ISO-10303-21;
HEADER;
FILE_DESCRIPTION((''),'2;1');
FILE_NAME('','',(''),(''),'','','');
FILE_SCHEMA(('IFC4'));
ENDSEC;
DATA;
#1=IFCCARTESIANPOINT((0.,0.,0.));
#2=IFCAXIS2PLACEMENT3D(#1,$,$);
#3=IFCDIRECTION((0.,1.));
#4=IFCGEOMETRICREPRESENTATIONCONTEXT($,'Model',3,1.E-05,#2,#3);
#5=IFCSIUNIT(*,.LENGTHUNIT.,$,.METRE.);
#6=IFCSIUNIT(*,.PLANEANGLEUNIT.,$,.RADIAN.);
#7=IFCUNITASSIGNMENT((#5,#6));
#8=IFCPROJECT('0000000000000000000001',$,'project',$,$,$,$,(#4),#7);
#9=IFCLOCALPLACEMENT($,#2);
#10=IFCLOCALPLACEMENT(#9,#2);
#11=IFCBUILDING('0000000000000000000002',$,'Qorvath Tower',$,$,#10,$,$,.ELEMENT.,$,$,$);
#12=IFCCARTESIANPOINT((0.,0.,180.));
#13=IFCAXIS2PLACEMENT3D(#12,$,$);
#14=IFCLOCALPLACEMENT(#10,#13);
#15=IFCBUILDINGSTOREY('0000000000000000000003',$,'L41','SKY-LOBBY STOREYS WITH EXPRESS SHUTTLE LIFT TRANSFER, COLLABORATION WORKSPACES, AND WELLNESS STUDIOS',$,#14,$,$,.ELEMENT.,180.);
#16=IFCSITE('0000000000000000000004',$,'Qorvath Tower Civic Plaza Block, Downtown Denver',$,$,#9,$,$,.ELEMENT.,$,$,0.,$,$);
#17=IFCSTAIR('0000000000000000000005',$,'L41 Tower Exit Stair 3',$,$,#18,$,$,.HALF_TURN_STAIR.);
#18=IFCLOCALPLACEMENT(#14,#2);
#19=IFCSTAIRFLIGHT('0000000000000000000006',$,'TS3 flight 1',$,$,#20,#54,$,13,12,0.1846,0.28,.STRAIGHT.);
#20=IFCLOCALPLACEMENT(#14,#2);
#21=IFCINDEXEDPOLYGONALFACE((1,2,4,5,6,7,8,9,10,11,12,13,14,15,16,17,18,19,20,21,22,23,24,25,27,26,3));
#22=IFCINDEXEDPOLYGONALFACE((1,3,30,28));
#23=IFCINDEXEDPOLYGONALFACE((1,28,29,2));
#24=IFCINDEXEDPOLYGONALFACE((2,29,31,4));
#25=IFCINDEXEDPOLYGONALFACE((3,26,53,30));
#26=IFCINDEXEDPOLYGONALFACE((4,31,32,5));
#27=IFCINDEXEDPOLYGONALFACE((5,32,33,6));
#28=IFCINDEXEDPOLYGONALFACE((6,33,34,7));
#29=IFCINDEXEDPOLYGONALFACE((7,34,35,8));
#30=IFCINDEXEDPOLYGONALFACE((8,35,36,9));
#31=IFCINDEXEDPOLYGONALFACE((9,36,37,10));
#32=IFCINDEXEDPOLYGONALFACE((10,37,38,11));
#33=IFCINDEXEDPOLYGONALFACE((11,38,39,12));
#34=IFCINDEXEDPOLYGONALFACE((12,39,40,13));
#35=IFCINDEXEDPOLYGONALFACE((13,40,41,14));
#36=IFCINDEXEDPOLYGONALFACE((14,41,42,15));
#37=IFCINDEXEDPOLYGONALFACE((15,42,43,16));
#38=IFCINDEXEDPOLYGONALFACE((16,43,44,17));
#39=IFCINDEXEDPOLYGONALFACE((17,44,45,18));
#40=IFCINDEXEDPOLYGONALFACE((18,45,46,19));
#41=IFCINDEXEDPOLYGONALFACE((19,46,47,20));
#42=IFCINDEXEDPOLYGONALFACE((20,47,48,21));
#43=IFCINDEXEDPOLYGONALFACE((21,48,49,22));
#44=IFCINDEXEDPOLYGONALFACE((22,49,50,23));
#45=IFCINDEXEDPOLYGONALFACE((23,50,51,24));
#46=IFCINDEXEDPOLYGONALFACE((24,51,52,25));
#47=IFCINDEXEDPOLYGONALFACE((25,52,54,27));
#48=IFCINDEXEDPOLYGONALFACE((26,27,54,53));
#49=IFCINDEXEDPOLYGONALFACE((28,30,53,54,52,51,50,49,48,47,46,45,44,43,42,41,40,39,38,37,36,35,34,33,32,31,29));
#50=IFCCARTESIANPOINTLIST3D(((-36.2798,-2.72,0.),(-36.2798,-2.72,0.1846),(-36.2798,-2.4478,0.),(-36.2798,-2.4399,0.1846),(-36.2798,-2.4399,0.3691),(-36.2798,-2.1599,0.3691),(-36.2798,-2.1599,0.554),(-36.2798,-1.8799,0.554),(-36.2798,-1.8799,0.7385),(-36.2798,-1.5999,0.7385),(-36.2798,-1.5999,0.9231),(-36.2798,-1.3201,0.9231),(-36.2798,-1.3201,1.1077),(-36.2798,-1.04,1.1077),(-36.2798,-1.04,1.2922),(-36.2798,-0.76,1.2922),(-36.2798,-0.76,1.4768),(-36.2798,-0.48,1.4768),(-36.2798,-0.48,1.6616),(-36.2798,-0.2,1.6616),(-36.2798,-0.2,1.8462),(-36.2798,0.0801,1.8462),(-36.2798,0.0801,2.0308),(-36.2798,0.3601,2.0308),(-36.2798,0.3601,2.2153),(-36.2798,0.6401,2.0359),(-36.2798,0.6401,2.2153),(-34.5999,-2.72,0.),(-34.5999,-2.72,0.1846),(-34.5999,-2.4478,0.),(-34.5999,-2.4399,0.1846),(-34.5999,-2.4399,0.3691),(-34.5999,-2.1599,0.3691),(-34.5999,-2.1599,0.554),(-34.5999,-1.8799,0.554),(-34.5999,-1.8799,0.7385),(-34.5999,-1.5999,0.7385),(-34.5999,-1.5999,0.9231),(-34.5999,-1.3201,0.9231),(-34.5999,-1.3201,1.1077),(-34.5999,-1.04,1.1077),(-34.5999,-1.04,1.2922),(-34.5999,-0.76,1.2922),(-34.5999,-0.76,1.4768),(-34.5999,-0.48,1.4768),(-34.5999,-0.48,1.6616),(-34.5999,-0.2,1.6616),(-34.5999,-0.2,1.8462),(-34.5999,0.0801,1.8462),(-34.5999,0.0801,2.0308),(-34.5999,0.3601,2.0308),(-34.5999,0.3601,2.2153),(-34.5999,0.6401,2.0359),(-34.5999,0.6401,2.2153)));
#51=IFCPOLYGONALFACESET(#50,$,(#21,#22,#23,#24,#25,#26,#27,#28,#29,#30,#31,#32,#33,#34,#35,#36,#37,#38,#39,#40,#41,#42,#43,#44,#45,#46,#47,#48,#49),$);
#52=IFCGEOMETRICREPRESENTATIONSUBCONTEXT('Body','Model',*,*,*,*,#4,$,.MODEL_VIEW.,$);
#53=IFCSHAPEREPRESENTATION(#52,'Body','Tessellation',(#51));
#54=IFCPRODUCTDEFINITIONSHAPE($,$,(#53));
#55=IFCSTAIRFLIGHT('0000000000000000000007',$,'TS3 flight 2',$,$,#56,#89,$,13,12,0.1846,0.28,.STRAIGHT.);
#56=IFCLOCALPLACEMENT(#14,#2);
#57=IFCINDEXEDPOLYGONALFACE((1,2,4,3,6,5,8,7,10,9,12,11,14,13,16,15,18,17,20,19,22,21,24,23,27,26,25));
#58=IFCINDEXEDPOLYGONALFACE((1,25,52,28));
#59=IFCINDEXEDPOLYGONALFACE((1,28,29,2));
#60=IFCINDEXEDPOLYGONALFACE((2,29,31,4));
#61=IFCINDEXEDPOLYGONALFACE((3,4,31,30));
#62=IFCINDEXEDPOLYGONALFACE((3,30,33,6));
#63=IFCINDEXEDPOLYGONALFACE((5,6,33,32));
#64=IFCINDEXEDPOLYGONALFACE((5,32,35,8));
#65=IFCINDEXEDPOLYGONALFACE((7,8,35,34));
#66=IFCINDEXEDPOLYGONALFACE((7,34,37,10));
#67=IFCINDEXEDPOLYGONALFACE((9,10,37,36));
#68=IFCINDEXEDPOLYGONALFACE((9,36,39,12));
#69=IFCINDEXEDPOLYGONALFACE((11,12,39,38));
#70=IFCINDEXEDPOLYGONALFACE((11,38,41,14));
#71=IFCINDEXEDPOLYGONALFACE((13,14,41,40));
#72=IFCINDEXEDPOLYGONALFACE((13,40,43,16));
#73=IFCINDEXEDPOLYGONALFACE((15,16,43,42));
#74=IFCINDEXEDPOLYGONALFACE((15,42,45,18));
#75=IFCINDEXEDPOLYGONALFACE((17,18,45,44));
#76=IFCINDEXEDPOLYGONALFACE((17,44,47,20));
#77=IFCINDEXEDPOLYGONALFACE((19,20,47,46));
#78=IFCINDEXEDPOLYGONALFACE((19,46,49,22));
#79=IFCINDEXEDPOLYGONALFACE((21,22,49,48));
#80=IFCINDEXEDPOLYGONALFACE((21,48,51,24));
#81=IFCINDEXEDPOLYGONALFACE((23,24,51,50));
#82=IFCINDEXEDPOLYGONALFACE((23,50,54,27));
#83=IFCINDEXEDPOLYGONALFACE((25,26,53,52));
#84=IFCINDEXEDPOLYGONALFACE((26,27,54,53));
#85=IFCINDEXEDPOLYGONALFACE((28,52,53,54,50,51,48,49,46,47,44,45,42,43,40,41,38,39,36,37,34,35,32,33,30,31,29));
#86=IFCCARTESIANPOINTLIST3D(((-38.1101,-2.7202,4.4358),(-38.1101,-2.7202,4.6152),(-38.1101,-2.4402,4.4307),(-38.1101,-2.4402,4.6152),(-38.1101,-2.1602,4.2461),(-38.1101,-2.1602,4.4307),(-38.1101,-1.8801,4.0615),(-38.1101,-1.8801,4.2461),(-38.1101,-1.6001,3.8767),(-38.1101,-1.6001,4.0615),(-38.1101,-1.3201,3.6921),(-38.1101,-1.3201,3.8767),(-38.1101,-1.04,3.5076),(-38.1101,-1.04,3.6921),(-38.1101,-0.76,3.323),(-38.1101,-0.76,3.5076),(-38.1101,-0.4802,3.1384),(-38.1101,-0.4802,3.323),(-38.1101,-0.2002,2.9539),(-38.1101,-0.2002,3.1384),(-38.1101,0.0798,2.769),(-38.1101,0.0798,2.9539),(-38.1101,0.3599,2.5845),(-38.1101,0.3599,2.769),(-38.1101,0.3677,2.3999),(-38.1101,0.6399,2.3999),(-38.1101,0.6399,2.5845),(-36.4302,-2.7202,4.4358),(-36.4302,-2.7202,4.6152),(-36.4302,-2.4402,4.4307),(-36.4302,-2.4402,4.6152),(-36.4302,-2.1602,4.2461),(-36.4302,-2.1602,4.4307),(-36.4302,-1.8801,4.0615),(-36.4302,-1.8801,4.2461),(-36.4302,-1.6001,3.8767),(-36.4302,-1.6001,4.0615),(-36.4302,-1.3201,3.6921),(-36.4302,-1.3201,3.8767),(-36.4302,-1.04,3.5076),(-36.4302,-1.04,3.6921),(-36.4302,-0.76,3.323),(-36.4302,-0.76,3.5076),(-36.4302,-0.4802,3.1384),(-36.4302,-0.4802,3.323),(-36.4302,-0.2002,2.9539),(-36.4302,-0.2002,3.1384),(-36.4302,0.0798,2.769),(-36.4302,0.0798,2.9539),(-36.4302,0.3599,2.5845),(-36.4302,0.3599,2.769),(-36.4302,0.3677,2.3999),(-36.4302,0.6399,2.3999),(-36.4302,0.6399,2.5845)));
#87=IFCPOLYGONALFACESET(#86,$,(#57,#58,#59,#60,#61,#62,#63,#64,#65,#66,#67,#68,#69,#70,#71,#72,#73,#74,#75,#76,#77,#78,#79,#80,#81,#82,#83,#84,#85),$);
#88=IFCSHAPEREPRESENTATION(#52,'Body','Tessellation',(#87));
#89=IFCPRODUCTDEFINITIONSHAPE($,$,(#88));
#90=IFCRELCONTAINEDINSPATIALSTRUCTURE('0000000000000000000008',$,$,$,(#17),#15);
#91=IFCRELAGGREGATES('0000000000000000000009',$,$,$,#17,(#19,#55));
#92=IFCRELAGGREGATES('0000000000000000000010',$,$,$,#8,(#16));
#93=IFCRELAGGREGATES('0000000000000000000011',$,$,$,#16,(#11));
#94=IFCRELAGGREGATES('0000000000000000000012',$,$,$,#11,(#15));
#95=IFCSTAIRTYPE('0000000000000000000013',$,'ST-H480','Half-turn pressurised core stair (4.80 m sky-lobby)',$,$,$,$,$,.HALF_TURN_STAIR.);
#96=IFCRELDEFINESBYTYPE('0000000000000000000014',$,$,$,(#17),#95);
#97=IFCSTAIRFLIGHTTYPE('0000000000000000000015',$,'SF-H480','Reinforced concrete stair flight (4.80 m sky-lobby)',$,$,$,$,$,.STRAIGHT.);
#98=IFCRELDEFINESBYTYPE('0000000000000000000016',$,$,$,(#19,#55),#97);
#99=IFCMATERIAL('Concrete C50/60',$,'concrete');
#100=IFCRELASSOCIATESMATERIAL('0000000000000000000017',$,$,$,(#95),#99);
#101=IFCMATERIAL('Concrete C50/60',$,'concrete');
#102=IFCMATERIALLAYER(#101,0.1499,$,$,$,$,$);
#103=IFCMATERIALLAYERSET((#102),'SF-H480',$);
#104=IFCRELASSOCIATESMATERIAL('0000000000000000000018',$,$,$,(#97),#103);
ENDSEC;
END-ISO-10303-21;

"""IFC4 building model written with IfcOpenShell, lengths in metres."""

from ifc_helpers import new_model, si_unit, direction, frame, origin, place, context, subcontext, project, spatial, polyline, outline, extrude, material, layer, layer_set, type_object, element, aggregate, save


model = new_model("IFC4")

# Units and contexts
model_context = context("Model", 3, precision=1e-05, world=origin(), true_north=direction((0.0, 1.0)))
body_context = subcontext(model_context, "Body", "Model", "MODEL_VIEW")
ifc_project = project(units=[si_unit("LENGTHUNIT", "METRE"), si_unit("PLANEANGLEUNIT", "RADIAN")], contexts=[model_context])

# Site, building, storey
site_placement = place(None, origin())
site = spatial("IfcSite", under=ifc_project, at=site_placement, Name="Qorvath Tower Civic Plaza Block, Downtown Denver", CompositionType="ELEMENT", RefElevation=0.0)
building_placement = place(site_placement, origin())
building = spatial("IfcBuilding", under=site, at=building_placement, Name="Qorvath Tower", CompositionType="ELEMENT")
storey_placement = place(building_placement, frame((0.0, 0.0, 180.0)))
storey = spatial("IfcBuildingStorey", under=building, at=storey_placement, Name="L41", Description="SKY-LOBBY STOREYS WITH EXPRESS SHUTTLE LIFT TRANSFER, COLLABORATION WORKSPACES, AND WELLNESS STUDIOS", CompositionType="ELEMENT", Elevation=180.0)

# Stair, stair flights
ifc_material_1 = material(Name="Concrete C50/60", Category="concrete")
stair_type = type_object("IfcStairType", Name="ST-H480", Description="Half-turn pressurised core stair (4.80 m sky-lobby)", PredefinedType="HALF_TURN_STAIR", material=ifc_material_1)
stair_placement = place(storey_placement, origin())
stair = element("IfcStair", 1, at=stair_placement, inside=storey, type_object=stair_type, Name="L41 Tower Exit Stair 3", PredefinedType="HALF_TURN_STAIR")
ifc_material_2 = material(Name="Concrete C50/60", Category="concrete")
ifc_layer_1 = layer(ifc_material_2, 0.1499)
ifc_layer_set_1 = layer_set([ifc_layer_1], Name="SF-H480")
stair_flight_type = type_object("IfcStairFlightType", Name="SF-H480", Description="Reinforced concrete stair flight (4.80 m sky-lobby)", PredefinedType="STRAIGHT", material=ifc_layer_set_1)
stair_flight_1_placement = place(storey_placement, frame((-35.4399, -2.72, 0.0), z_axis=(0.0, 0.0, 1.0), x_axis=(0.0, 1.0, 0.0)))
stair_flight_1 = element("IfcStairFlight", 2, at=stair_flight_1_placement, type_object=stair_flight_type, Name="TS3 flight 1", NumberOfRisers=13, NumberOfTreads=12, PredefinedType="STRAIGHT", RiserHeight=0.1846, TreadLength=0.28, context=body_context, shape_type="SweptSolid", body=[
    extrude(outline(polyline([(0.0, 0.0), (0.0, 0.1846), (0.28, 0.1846), (0.28, 0.3691), (0.5601, 0.3691), (0.5601, 0.554), (0.8401, 0.554), (0.8401, 0.7385), (1.1201, 0.7385), (1.1201, 0.9231), (1.3999, 0.9231), (1.3999, 1.1077), (1.6799, 1.1077), (1.6799, 1.2922), (1.96, 1.2922), (1.96, 1.4768), (2.24, 1.4768), (2.24, 1.6616), (2.52, 1.6616), (2.52, 1.8462), (2.8, 1.8462), (2.8, 2.0308), (3.0801, 2.0308), (3.0801, 2.2153), (3.3601, 2.2153), (3.3601, 2.3999), (3.3601, 2.0359), (0.2722, 0.0), (0.0, 0.0)])), frame((0.0, 0.8398, 0.0), z_axis=(0.0, -1.0, 0.0), x_axis=(1.0, 0.0, 0.0)), (0.0, 0.0, 1.0), 1.6799),
])
stair_flight_2_placement = place(storey_placement, frame((-37.27, 0.6399, 2.3999), z_axis=(0.0, 0.0, 1.0), x_axis=(0.0, -1.0, 0.0)))
stair_flight_2 = element("IfcStairFlight", 3, at=stair_flight_2_placement, type_object=stair_flight_type, Name="TS3 flight 2", NumberOfRisers=13, NumberOfTreads=12, PredefinedType="STRAIGHT", RiserHeight=0.1846, TreadLength=0.28, context=body_context, shape_type="SweptSolid", body=[
    extrude(outline(polyline([(0.0, 0.0), (0.0, 0.1846), (0.28, 0.1846), (0.28, 0.3691), (0.5601, 0.3691), (0.5601, 0.554), (0.8401, 0.554), (0.8401, 0.7385), (1.1201, 0.7385), (1.1201, 0.9231), (1.3999, 0.9231), (1.3999, 1.1077), (1.6799, 1.1077), (1.6799, 1.2922), (1.96, 1.2922), (1.96, 1.4768), (2.24, 1.4768), (2.24, 1.6616), (2.52, 1.6616), (2.52, 1.8462), (2.8, 1.8462), (2.8, 2.0308), (3.0801, 2.0308), (3.0801, 2.2153), (3.3601, 2.2153), (3.3601, 2.3999), (3.3601, 2.0359), (0.2722, 0.0), (0.0, 0.0)])), frame((0.0, 0.8398, 0.0), z_axis=(0.0, -1.0, 0.0), x_axis=(1.0, 0.0, 0.0)), (0.0, 0.0, 1.0), 1.6799),
])
aggregate(stair, [stair_flight_1, stair_flight_2])

save(model, "model.ifc")
